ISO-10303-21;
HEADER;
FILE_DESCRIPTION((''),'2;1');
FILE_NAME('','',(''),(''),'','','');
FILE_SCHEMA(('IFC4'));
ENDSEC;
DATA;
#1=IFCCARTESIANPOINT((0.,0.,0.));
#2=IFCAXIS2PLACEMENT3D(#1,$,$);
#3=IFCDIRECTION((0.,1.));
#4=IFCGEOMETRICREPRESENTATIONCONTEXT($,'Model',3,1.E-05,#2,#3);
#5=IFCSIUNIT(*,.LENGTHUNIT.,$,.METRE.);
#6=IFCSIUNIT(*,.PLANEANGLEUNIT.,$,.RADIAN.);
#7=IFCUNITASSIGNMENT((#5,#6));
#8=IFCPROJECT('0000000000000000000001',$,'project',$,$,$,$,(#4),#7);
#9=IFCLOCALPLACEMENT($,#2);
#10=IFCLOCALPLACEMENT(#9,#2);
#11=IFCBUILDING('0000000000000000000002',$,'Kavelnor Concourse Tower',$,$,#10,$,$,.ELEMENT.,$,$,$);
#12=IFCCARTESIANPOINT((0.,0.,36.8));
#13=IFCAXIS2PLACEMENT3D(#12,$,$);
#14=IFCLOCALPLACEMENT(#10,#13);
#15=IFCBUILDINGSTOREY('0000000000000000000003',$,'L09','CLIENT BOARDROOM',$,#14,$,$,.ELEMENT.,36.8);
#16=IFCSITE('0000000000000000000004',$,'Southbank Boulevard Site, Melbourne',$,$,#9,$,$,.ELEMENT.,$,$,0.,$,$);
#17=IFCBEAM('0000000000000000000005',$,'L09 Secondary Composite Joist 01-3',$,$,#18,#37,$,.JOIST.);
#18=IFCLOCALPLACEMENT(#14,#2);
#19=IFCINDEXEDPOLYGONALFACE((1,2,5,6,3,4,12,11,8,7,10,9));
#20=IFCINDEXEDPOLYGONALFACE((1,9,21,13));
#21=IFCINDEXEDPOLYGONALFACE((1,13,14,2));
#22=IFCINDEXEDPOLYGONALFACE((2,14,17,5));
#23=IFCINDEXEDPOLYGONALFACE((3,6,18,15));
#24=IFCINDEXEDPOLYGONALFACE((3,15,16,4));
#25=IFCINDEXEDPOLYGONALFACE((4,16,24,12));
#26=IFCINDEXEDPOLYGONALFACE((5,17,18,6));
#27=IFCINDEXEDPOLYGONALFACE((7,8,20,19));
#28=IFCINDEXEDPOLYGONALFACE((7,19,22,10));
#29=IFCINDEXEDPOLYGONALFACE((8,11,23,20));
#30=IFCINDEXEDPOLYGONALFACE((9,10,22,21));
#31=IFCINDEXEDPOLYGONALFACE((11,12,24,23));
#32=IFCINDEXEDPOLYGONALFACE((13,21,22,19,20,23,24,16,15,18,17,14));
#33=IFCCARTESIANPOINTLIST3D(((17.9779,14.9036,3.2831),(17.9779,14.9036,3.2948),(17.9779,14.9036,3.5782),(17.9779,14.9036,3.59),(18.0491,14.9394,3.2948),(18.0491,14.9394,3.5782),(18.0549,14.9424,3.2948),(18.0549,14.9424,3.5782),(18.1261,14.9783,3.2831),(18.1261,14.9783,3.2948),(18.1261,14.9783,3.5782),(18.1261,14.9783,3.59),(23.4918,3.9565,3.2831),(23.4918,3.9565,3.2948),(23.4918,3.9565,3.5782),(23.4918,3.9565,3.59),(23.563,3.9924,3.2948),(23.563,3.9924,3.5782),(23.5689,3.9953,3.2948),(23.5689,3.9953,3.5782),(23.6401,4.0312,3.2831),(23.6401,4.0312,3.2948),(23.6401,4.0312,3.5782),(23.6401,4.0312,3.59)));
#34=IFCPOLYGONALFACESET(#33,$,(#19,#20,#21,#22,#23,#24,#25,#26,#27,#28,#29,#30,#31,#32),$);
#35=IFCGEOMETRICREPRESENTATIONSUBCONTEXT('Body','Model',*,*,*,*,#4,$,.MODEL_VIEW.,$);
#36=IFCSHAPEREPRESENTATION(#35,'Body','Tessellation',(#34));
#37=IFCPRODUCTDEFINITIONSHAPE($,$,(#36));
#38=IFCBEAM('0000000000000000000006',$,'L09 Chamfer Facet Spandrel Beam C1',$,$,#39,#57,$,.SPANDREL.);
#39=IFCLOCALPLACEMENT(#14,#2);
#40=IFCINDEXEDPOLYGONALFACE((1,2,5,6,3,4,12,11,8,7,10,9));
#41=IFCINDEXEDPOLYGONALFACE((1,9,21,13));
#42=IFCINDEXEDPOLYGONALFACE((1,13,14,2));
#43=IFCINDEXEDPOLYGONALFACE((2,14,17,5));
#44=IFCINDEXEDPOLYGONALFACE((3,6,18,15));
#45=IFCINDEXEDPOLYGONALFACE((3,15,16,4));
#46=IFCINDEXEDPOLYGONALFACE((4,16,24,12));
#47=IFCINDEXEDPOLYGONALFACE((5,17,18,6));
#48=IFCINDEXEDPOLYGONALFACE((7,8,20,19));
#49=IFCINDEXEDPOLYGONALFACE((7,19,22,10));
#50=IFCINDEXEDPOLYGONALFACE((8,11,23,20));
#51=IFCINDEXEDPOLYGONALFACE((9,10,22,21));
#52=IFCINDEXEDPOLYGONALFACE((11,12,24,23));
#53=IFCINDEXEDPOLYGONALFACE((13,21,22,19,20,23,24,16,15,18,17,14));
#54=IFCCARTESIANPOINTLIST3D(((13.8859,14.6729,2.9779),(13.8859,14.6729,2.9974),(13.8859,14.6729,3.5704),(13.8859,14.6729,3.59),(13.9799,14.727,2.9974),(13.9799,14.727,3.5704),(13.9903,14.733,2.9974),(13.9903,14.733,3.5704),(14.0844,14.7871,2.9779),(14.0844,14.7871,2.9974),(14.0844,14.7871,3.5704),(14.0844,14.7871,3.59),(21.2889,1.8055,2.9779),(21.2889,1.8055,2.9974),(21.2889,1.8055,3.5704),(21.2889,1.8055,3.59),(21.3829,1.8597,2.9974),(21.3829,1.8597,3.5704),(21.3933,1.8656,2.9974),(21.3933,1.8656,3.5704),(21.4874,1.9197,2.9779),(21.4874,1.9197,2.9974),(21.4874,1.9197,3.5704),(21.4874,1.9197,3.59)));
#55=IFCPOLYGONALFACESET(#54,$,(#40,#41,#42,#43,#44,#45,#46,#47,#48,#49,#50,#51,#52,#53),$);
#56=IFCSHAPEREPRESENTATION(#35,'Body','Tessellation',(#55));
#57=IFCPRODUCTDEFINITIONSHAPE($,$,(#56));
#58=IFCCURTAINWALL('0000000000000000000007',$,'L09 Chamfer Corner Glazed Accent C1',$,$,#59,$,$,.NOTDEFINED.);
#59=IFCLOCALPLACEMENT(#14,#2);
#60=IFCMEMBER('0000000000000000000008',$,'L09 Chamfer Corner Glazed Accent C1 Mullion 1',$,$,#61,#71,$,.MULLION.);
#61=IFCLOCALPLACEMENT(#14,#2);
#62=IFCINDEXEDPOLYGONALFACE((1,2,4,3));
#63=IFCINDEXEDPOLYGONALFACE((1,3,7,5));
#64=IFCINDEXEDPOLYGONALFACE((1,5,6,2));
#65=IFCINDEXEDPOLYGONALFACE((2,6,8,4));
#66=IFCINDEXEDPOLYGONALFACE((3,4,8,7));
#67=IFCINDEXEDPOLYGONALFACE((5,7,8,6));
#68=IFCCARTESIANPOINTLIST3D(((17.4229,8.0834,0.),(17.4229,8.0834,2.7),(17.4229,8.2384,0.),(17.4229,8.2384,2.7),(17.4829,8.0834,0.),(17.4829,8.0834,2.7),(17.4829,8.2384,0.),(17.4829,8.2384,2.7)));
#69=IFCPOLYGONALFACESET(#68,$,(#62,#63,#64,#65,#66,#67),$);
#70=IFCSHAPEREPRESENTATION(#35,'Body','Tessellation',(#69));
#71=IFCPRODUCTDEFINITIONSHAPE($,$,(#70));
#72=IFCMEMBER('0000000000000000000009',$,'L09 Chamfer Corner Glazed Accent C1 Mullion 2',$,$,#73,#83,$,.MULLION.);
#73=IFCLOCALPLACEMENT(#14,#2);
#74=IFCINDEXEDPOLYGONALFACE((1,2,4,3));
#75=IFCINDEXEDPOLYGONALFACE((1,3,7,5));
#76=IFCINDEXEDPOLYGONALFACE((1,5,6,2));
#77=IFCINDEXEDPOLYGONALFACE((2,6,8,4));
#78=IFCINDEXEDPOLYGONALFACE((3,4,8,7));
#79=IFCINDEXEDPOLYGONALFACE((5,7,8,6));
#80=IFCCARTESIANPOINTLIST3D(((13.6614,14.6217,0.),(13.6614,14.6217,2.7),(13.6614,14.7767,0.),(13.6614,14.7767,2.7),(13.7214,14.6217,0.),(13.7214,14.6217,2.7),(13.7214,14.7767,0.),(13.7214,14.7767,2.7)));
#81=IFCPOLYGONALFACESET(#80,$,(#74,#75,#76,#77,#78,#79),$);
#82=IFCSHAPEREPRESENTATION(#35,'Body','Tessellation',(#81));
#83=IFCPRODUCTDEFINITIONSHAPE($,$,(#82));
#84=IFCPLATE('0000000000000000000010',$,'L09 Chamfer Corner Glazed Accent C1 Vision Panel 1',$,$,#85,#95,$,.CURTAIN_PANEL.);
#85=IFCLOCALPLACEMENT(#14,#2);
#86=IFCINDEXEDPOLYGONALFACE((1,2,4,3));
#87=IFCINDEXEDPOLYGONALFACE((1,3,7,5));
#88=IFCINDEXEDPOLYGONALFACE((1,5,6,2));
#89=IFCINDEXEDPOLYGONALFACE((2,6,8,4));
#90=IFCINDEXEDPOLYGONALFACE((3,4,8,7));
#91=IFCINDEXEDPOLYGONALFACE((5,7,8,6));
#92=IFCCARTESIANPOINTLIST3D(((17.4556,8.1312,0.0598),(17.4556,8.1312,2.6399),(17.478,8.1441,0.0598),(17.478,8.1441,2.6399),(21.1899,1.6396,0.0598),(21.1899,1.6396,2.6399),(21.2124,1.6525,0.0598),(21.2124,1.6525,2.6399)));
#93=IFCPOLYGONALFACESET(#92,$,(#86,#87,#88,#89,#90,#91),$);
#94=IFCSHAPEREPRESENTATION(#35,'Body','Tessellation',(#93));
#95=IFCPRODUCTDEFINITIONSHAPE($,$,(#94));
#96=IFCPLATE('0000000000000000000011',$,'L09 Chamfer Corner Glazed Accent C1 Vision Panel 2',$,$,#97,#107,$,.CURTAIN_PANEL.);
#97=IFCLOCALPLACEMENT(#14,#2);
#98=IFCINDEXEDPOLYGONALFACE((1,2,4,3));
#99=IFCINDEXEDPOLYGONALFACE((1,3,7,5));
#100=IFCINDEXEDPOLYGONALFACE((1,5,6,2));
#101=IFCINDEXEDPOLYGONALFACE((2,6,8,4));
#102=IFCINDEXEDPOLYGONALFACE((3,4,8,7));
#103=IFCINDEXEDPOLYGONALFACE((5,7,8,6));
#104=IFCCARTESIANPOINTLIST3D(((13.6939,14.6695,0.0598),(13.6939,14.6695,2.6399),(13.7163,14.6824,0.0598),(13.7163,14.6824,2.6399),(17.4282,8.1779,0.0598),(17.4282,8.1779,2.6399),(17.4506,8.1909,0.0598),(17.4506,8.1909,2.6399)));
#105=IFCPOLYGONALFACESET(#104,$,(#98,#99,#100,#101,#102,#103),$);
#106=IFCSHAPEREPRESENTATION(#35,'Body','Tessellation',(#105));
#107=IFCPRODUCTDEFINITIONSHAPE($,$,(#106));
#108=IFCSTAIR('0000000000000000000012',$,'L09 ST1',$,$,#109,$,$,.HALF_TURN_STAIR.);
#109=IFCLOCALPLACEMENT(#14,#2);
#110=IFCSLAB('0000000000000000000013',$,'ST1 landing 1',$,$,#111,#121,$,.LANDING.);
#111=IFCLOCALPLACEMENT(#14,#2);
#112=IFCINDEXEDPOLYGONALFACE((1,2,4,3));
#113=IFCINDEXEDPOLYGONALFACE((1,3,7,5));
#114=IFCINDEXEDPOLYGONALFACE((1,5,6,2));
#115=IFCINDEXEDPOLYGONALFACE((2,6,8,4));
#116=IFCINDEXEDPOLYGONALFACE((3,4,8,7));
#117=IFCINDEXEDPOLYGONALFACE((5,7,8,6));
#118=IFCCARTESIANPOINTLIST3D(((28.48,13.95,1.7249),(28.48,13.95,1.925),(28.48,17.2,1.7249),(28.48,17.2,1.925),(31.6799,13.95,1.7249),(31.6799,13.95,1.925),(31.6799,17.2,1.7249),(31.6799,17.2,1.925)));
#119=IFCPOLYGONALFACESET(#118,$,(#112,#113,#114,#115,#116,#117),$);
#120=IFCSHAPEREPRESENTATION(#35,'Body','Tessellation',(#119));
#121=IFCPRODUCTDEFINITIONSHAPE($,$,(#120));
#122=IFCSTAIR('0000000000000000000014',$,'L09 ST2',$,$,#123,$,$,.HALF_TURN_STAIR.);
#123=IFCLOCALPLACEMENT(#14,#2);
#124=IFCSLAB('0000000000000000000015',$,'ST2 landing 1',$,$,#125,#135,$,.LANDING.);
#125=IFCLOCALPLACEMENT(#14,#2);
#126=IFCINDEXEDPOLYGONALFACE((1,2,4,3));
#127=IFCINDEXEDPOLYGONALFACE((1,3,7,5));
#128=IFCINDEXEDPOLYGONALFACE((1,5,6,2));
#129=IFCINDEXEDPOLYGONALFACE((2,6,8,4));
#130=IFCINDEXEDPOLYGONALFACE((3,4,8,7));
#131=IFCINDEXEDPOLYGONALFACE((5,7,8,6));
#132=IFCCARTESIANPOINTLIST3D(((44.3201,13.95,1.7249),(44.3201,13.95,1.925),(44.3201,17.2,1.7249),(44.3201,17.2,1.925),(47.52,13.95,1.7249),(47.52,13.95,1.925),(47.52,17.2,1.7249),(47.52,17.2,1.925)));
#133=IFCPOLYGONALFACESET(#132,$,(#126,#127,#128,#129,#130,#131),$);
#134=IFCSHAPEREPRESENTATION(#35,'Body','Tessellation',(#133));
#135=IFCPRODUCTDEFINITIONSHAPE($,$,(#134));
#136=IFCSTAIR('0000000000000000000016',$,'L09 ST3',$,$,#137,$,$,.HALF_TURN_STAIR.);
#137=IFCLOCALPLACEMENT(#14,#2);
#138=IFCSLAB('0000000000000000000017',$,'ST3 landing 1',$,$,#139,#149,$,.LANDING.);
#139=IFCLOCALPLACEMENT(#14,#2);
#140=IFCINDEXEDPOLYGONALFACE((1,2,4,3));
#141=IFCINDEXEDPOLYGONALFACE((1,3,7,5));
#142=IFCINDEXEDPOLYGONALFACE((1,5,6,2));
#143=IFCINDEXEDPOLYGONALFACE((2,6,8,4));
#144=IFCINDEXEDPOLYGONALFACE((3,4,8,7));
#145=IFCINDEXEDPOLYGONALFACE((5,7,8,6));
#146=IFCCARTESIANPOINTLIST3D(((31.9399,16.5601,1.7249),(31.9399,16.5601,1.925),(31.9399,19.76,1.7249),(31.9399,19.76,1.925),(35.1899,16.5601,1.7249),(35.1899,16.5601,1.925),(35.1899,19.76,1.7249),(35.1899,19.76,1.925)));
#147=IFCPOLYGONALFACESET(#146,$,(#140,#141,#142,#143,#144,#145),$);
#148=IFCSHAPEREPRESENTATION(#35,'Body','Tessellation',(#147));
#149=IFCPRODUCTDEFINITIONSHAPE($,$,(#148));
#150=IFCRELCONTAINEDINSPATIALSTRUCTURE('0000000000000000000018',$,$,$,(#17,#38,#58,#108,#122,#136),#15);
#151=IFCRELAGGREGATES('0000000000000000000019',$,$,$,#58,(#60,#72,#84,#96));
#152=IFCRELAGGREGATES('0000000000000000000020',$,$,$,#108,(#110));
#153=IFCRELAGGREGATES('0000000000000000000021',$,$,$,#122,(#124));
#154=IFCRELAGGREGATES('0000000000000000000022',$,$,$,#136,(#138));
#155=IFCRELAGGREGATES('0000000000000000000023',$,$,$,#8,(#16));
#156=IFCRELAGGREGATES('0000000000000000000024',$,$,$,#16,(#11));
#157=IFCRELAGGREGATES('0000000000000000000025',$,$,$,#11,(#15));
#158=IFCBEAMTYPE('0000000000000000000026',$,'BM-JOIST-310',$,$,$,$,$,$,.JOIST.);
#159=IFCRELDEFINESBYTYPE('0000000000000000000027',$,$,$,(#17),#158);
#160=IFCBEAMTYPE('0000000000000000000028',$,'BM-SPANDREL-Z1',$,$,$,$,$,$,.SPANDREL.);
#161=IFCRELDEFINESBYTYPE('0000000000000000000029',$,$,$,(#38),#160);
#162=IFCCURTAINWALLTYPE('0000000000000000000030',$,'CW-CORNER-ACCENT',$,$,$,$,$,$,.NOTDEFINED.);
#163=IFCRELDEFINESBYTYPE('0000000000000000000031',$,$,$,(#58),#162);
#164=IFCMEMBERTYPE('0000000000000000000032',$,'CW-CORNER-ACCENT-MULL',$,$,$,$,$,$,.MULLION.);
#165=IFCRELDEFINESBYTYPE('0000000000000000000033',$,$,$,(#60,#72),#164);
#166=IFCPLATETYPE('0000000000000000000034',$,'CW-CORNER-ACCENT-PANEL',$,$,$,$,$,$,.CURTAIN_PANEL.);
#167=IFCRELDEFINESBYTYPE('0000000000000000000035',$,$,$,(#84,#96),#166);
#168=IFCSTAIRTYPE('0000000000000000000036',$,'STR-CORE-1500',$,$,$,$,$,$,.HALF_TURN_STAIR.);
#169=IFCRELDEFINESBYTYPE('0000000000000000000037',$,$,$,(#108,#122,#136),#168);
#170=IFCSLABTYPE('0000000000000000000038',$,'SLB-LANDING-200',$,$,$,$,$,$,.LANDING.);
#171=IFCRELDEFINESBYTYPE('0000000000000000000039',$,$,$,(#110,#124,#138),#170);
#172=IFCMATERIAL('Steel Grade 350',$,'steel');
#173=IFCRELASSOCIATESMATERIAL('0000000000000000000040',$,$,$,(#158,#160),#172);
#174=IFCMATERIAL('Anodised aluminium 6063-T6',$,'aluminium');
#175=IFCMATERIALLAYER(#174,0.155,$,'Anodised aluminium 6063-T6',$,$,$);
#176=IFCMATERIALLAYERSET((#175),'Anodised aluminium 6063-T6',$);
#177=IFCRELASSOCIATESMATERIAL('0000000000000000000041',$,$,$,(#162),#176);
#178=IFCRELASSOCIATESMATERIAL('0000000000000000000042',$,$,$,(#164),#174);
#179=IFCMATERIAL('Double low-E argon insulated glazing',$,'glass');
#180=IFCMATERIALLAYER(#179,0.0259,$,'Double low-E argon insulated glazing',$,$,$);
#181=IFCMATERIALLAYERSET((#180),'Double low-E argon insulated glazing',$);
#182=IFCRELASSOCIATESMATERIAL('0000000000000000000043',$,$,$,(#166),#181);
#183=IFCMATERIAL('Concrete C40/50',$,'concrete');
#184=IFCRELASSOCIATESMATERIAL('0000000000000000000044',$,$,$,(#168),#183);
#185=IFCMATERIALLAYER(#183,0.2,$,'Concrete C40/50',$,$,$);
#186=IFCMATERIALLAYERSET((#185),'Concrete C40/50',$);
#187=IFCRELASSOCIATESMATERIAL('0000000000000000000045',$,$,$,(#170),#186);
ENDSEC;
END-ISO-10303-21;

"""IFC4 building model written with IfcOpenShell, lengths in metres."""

from ifc_helpers import new_model, si_unit, direction, frame, origin, origin_2d, place, context, subcontext, project, spatial, polyline, rectangle, i_section, outline, extrude, material, layer, layer_set, material_profile, profile_set, type_object, element, aggregate, save


model = new_model("IFC4")

# Units and contexts
model_context = context("Model", 3, precision=1e-05, world=origin(), true_north=direction((0.0, 1.0)))
body_context = subcontext(model_context, "Body", "Model", "MODEL_VIEW")
ifc_project = project(units=[si_unit("LENGTHUNIT", "METRE"), si_unit("PLANEANGLEUNIT", "RADIAN")], contexts=[model_context])

# Site, building, storey
site_placement = place(None, origin())
site = spatial("IfcSite", under=ifc_project, at=site_placement, Name="Southbank Boulevard Site, Melbourne", CompositionType="ELEMENT", RefElevation=0.0)
building_placement = place(site_placement, origin())
building = spatial("IfcBuilding", under=site, at=building_placement, Name="Kavelnor Concourse Tower", CompositionType="ELEMENT")
storey_placement = place(building_placement, frame((0.0, 0.0, 36.8)))
storey = spatial("IfcBuildingStorey", under=building, at=storey_placement, Name="L09", Description="CLIENT BOARDROOM", CompositionType="ELEMENT", Elevation=36.8)

# Beams
ifc_material_1 = material(Name="Steel Grade 350", Category="steel")
ifc_material_profile_1 = material_profile(ifc_material_1, i_section(OverallWidth=0.166, OverallDepth=0.3069, WebThickness=0.0066, FlangeThickness=0.0117, at=origin_2d()), Name="310UB46")
ifc_profile_set_1 = profile_set([ifc_material_profile_1], Name="Steel Grade 350")
beam_type_1 = type_object("IfcBeamType", Name="BM-JOIST-310", PredefinedType="JOIST", material=ifc_profile_set_1)
beam_1_placement = place(storey_placement, frame((18.052, 14.9409, 3.4365), z_axis=(0.449849, -0.893105, 0.0), x_axis=(0.893105, 0.449849, 0.0)))
element("IfcBeam", 1, at=beam_1_placement, inside=storey, type_object=beam_type_1, Name="L09 Secondary Composite Joist 01-3", PredefinedType="JOIST", context=body_context, shape_type="SweptSolid", body=[
    extrude(i_section(OverallWidth=0.166, OverallDepth=0.3069, WebThickness=0.0066, FlangeThickness=0.0117, at=origin_2d()), origin(), (0.0, 0.0, 1.0), 12.2573),
])
ifc_material_profile_2 = material_profile(ifc_material_1, i_section(OverallWidth=0.229, OverallDepth=0.6121, WebThickness=0.012, FlangeThickness=0.0195, at=origin_2d()), Name="610UB125")
ifc_profile_set_2 = profile_set([ifc_material_profile_2], Name="Steel Grade 350")
beam_type_2 = type_object("IfcBeamType", Name="BM-SPANDREL-Z1", PredefinedType="SPANDREL", material=ifc_profile_set_2)
beam_2_placement = place(storey_placement, frame((13.9851, 14.73, 3.2839), z_axis=(0.498689, -0.866781, 0.0), x_axis=(0.866781, 0.498689, 0.0)))
element("IfcBeam", 2, at=beam_2_placement, inside=storey, type_object=beam_type_2, Name="L09 Chamfer Facet Spandrel Beam C1", PredefinedType="SPANDREL", context=body_context, shape_type="SweptSolid", body=[
    extrude(i_section(OverallWidth=0.229, OverallDepth=0.6121, WebThickness=0.012, FlangeThickness=0.0195, at=origin_2d()), origin(), (0.0, 0.0, 1.0), 14.845),
])

# Curtain wall, members, plates
ifc_material_2 = material(Name="Anodised aluminium 6063-T6", Category="aluminium")
ifc_layer_1 = layer(ifc_material_2, 0.155, Name="Anodised aluminium 6063-T6")
ifc_layer_set_1 = layer_set([ifc_layer_1], Name="Anodised aluminium 6063-T6")
curtain_wall_type = type_object("IfcCurtainWallType", Name="CW-CORNER-ACCENT", PredefinedType="NOTDEFINED", material=ifc_layer_set_1)
curtain_wall_placement = place(storey_placement, origin())
curtain_wall = element("IfcCurtainWall", 3, at=curtain_wall_placement, inside=storey, type_object=curtain_wall_type, Name="L09 Chamfer Corner Glazed Accent C1", PredefinedType="NOTDEFINED")
ifc_material_profile_3 = material_profile(ifc_material_2, rectangle(XDim=0.0601, YDim=0.155, at=origin_2d()), Name="AL-MULL 60x155")
ifc_profile_set_3 = profile_set([ifc_material_profile_3], Name="Anodised aluminium 6063-T6")
member_type = type_object("IfcMemberType", Name="CW-CORNER-ACCENT-MULL", PredefinedType="MULLION", material=ifc_profile_set_3)
member_1_placement = place(storey_placement, frame((17.4529, 8.1609, 0.0), z_axis=(0.0, 0.0, 1.0), x_axis=(1.0, 0.0, 0.0)))
member_1 = element("IfcMember", 4, at=member_1_placement, type_object=member_type, Name="L09 Chamfer Corner Glazed Accent C1 Mullion 1", PredefinedType="MULLION", context=body_context, shape_type="SweptSolid", body=[
    extrude(rectangle(XDim=0.0601, YDim=0.155, at=origin_2d()), origin(), (0.0, 0.0, 1.0), 2.7),
])
member_2_placement = place(storey_placement, frame((13.6914, 14.6992, 0.0), z_axis=(0.0, 0.0, 1.0), x_axis=(1.0, 0.0, 0.0)))
member_2 = element("IfcMember", 5, at=member_2_placement, type_object=member_type, Name="L09 Chamfer Corner Glazed Accent C1 Mullion 2", PredefinedType="MULLION", context=body_context, shape_type="SweptSolid", body=[
    extrude(rectangle(XDim=0.0601, YDim=0.155, at=origin_2d()), origin(), (0.0, 0.0, 1.0), 2.7),
])
ifc_material_3 = material(Name="Double low-E argon insulated glazing", Category="glass")
ifc_layer_2 = layer(ifc_material_3, 0.0259, Name="Double low-E argon insulated glazing")
ifc_layer_set_2 = layer_set([ifc_layer_2], Name="Double low-E argon insulated glazing")
plate_type = type_object("IfcPlateType", Name="CW-CORNER-ACCENT-PANEL", PredefinedType="CURTAIN_PANEL", material=ifc_layer_set_2)
plate_1_placement = place(storey_placement, frame((19.334, 4.8918, 0.0598), z_axis=(0.0, 0.0, 1.0), x_axis=(-0.498639, 0.86681, 0.0)))
plate_1 = element("IfcPlate", 6, at=plate_1_placement, type_object=plate_type, Name="L09 Chamfer Corner Glazed Accent C1 Vision Panel 1", PredefinedType="CURTAIN_PANEL", context=body_context, shape_type="SweptSolid", body=[
    extrude(rectangle(XDim=7.489, YDim=0.0259, at=origin_2d()), origin(), (0.0, 0.0, 1.0), 2.5801),
])
plate_2_placement = place(storey_placement, frame((15.5723, 11.4302, 0.0598), z_axis=(0.0, 0.0, 1.0), x_axis=(-0.498639, 0.86681, 0.0)))
plate_2 = element("IfcPlate", 7, at=plate_2_placement, type_object=plate_type, Name="L09 Chamfer Corner Glazed Accent C1 Vision Panel 2", PredefinedType="CURTAIN_PANEL", context=body_context, shape_type="SweptSolid", body=[
    extrude(rectangle(XDim=7.489, YDim=0.0259, at=origin_2d()), origin(), (0.0, 0.0, 1.0), 2.5801),
])
aggregate(curtain_wall, [member_1, member_2, plate_1, plate_2])

# Stairs, slabs
ifc_material_4 = material(Name="Concrete C40/50", Category="concrete")
stair_type = type_object("IfcStairType", Name="STR-CORE-1500", PredefinedType="HALF_TURN_STAIR", material=ifc_material_4)
stair_1_placement = place(storey_placement, origin())
stair_1 = element("IfcStair", 8, at=stair_1_placement, inside=storey, type_object=stair_type, Name="L09 ST1", PredefinedType="HALF_TURN_STAIR")
ifc_layer_3 = layer(ifc_material_4, 0.2, Name="Concrete C40/50")
ifc_layer_set_3 = layer_set([ifc_layer_3], Name="Concrete C40/50")
slab_type_1 = type_object("IfcSlabType", Name="SLB-LANDING-200", PredefinedType="LANDING", material=ifc_layer_set_3)
slab_1_placement = place(storey_placement, frame((0.0, 0.0, 1.7249)))
slab_1 = element("IfcSlab", 9, at=slab_1_placement, type_object=slab_type_1, Name="ST1 landing 1", PredefinedType="LANDING", context=body_context, shape_type="SweptSolid", body=[
    extrude(outline(polyline([(31.6799, 13.95), (31.6799, 17.2), (28.48, 17.2), (28.48, 13.95), (31.6799, 13.95)])), origin(), (0.0, 0.0, 1.0), 0.2002),
])
aggregate(stair_1, [slab_1])
stair_2_placement = place(storey_placement, origin())
stair_2 = element("IfcStair", 10, at=stair_2_placement, inside=storey, type_object=stair_type, Name="L09 ST2", PredefinedType="HALF_TURN_STAIR")
slab_2_placement = place(storey_placement, frame((0.0, 0.0, 1.7249)))
slab_2 = element("IfcSlab", 11, at=slab_2_placement, type_object=slab_type_1, Name="ST2 landing 1", PredefinedType="LANDING", context=body_context, shape_type="SweptSolid", body=[
    extrude(outline(polyline([(47.52, 13.95), (47.52, 17.2), (44.3201, 17.2), (44.3201, 13.95), (47.52, 13.95)])), origin(), (0.0, 0.0, 1.0), 0.2002),
])
aggregate(stair_2, [slab_2])
stair_3_placement = place(storey_placement, origin())
stair_3 = element("IfcStair", 12, at=stair_3_placement, inside=storey, type_object=stair_type, Name="L09 ST3", PredefinedType="HALF_TURN_STAIR")
slab_3_placement = place(storey_placement, frame((0.0, 0.0, 1.7249)))
slab_3 = element("IfcSlab", 13, at=slab_3_placement, type_object=slab_type_1, Name="ST3 landing 1", PredefinedType="LANDING", context=body_context, shape_type="SweptSolid", body=[
    extrude(outline(polyline([(35.1899, 19.76), (31.9399, 19.76), (31.9399, 16.5601), (35.1899, 16.5601), (35.1899, 19.76)])), origin(), (0.0, 0.0, 1.0), 0.2002),
])
aggregate(stair_3, [slab_3])

save(model, "model.ifc")
